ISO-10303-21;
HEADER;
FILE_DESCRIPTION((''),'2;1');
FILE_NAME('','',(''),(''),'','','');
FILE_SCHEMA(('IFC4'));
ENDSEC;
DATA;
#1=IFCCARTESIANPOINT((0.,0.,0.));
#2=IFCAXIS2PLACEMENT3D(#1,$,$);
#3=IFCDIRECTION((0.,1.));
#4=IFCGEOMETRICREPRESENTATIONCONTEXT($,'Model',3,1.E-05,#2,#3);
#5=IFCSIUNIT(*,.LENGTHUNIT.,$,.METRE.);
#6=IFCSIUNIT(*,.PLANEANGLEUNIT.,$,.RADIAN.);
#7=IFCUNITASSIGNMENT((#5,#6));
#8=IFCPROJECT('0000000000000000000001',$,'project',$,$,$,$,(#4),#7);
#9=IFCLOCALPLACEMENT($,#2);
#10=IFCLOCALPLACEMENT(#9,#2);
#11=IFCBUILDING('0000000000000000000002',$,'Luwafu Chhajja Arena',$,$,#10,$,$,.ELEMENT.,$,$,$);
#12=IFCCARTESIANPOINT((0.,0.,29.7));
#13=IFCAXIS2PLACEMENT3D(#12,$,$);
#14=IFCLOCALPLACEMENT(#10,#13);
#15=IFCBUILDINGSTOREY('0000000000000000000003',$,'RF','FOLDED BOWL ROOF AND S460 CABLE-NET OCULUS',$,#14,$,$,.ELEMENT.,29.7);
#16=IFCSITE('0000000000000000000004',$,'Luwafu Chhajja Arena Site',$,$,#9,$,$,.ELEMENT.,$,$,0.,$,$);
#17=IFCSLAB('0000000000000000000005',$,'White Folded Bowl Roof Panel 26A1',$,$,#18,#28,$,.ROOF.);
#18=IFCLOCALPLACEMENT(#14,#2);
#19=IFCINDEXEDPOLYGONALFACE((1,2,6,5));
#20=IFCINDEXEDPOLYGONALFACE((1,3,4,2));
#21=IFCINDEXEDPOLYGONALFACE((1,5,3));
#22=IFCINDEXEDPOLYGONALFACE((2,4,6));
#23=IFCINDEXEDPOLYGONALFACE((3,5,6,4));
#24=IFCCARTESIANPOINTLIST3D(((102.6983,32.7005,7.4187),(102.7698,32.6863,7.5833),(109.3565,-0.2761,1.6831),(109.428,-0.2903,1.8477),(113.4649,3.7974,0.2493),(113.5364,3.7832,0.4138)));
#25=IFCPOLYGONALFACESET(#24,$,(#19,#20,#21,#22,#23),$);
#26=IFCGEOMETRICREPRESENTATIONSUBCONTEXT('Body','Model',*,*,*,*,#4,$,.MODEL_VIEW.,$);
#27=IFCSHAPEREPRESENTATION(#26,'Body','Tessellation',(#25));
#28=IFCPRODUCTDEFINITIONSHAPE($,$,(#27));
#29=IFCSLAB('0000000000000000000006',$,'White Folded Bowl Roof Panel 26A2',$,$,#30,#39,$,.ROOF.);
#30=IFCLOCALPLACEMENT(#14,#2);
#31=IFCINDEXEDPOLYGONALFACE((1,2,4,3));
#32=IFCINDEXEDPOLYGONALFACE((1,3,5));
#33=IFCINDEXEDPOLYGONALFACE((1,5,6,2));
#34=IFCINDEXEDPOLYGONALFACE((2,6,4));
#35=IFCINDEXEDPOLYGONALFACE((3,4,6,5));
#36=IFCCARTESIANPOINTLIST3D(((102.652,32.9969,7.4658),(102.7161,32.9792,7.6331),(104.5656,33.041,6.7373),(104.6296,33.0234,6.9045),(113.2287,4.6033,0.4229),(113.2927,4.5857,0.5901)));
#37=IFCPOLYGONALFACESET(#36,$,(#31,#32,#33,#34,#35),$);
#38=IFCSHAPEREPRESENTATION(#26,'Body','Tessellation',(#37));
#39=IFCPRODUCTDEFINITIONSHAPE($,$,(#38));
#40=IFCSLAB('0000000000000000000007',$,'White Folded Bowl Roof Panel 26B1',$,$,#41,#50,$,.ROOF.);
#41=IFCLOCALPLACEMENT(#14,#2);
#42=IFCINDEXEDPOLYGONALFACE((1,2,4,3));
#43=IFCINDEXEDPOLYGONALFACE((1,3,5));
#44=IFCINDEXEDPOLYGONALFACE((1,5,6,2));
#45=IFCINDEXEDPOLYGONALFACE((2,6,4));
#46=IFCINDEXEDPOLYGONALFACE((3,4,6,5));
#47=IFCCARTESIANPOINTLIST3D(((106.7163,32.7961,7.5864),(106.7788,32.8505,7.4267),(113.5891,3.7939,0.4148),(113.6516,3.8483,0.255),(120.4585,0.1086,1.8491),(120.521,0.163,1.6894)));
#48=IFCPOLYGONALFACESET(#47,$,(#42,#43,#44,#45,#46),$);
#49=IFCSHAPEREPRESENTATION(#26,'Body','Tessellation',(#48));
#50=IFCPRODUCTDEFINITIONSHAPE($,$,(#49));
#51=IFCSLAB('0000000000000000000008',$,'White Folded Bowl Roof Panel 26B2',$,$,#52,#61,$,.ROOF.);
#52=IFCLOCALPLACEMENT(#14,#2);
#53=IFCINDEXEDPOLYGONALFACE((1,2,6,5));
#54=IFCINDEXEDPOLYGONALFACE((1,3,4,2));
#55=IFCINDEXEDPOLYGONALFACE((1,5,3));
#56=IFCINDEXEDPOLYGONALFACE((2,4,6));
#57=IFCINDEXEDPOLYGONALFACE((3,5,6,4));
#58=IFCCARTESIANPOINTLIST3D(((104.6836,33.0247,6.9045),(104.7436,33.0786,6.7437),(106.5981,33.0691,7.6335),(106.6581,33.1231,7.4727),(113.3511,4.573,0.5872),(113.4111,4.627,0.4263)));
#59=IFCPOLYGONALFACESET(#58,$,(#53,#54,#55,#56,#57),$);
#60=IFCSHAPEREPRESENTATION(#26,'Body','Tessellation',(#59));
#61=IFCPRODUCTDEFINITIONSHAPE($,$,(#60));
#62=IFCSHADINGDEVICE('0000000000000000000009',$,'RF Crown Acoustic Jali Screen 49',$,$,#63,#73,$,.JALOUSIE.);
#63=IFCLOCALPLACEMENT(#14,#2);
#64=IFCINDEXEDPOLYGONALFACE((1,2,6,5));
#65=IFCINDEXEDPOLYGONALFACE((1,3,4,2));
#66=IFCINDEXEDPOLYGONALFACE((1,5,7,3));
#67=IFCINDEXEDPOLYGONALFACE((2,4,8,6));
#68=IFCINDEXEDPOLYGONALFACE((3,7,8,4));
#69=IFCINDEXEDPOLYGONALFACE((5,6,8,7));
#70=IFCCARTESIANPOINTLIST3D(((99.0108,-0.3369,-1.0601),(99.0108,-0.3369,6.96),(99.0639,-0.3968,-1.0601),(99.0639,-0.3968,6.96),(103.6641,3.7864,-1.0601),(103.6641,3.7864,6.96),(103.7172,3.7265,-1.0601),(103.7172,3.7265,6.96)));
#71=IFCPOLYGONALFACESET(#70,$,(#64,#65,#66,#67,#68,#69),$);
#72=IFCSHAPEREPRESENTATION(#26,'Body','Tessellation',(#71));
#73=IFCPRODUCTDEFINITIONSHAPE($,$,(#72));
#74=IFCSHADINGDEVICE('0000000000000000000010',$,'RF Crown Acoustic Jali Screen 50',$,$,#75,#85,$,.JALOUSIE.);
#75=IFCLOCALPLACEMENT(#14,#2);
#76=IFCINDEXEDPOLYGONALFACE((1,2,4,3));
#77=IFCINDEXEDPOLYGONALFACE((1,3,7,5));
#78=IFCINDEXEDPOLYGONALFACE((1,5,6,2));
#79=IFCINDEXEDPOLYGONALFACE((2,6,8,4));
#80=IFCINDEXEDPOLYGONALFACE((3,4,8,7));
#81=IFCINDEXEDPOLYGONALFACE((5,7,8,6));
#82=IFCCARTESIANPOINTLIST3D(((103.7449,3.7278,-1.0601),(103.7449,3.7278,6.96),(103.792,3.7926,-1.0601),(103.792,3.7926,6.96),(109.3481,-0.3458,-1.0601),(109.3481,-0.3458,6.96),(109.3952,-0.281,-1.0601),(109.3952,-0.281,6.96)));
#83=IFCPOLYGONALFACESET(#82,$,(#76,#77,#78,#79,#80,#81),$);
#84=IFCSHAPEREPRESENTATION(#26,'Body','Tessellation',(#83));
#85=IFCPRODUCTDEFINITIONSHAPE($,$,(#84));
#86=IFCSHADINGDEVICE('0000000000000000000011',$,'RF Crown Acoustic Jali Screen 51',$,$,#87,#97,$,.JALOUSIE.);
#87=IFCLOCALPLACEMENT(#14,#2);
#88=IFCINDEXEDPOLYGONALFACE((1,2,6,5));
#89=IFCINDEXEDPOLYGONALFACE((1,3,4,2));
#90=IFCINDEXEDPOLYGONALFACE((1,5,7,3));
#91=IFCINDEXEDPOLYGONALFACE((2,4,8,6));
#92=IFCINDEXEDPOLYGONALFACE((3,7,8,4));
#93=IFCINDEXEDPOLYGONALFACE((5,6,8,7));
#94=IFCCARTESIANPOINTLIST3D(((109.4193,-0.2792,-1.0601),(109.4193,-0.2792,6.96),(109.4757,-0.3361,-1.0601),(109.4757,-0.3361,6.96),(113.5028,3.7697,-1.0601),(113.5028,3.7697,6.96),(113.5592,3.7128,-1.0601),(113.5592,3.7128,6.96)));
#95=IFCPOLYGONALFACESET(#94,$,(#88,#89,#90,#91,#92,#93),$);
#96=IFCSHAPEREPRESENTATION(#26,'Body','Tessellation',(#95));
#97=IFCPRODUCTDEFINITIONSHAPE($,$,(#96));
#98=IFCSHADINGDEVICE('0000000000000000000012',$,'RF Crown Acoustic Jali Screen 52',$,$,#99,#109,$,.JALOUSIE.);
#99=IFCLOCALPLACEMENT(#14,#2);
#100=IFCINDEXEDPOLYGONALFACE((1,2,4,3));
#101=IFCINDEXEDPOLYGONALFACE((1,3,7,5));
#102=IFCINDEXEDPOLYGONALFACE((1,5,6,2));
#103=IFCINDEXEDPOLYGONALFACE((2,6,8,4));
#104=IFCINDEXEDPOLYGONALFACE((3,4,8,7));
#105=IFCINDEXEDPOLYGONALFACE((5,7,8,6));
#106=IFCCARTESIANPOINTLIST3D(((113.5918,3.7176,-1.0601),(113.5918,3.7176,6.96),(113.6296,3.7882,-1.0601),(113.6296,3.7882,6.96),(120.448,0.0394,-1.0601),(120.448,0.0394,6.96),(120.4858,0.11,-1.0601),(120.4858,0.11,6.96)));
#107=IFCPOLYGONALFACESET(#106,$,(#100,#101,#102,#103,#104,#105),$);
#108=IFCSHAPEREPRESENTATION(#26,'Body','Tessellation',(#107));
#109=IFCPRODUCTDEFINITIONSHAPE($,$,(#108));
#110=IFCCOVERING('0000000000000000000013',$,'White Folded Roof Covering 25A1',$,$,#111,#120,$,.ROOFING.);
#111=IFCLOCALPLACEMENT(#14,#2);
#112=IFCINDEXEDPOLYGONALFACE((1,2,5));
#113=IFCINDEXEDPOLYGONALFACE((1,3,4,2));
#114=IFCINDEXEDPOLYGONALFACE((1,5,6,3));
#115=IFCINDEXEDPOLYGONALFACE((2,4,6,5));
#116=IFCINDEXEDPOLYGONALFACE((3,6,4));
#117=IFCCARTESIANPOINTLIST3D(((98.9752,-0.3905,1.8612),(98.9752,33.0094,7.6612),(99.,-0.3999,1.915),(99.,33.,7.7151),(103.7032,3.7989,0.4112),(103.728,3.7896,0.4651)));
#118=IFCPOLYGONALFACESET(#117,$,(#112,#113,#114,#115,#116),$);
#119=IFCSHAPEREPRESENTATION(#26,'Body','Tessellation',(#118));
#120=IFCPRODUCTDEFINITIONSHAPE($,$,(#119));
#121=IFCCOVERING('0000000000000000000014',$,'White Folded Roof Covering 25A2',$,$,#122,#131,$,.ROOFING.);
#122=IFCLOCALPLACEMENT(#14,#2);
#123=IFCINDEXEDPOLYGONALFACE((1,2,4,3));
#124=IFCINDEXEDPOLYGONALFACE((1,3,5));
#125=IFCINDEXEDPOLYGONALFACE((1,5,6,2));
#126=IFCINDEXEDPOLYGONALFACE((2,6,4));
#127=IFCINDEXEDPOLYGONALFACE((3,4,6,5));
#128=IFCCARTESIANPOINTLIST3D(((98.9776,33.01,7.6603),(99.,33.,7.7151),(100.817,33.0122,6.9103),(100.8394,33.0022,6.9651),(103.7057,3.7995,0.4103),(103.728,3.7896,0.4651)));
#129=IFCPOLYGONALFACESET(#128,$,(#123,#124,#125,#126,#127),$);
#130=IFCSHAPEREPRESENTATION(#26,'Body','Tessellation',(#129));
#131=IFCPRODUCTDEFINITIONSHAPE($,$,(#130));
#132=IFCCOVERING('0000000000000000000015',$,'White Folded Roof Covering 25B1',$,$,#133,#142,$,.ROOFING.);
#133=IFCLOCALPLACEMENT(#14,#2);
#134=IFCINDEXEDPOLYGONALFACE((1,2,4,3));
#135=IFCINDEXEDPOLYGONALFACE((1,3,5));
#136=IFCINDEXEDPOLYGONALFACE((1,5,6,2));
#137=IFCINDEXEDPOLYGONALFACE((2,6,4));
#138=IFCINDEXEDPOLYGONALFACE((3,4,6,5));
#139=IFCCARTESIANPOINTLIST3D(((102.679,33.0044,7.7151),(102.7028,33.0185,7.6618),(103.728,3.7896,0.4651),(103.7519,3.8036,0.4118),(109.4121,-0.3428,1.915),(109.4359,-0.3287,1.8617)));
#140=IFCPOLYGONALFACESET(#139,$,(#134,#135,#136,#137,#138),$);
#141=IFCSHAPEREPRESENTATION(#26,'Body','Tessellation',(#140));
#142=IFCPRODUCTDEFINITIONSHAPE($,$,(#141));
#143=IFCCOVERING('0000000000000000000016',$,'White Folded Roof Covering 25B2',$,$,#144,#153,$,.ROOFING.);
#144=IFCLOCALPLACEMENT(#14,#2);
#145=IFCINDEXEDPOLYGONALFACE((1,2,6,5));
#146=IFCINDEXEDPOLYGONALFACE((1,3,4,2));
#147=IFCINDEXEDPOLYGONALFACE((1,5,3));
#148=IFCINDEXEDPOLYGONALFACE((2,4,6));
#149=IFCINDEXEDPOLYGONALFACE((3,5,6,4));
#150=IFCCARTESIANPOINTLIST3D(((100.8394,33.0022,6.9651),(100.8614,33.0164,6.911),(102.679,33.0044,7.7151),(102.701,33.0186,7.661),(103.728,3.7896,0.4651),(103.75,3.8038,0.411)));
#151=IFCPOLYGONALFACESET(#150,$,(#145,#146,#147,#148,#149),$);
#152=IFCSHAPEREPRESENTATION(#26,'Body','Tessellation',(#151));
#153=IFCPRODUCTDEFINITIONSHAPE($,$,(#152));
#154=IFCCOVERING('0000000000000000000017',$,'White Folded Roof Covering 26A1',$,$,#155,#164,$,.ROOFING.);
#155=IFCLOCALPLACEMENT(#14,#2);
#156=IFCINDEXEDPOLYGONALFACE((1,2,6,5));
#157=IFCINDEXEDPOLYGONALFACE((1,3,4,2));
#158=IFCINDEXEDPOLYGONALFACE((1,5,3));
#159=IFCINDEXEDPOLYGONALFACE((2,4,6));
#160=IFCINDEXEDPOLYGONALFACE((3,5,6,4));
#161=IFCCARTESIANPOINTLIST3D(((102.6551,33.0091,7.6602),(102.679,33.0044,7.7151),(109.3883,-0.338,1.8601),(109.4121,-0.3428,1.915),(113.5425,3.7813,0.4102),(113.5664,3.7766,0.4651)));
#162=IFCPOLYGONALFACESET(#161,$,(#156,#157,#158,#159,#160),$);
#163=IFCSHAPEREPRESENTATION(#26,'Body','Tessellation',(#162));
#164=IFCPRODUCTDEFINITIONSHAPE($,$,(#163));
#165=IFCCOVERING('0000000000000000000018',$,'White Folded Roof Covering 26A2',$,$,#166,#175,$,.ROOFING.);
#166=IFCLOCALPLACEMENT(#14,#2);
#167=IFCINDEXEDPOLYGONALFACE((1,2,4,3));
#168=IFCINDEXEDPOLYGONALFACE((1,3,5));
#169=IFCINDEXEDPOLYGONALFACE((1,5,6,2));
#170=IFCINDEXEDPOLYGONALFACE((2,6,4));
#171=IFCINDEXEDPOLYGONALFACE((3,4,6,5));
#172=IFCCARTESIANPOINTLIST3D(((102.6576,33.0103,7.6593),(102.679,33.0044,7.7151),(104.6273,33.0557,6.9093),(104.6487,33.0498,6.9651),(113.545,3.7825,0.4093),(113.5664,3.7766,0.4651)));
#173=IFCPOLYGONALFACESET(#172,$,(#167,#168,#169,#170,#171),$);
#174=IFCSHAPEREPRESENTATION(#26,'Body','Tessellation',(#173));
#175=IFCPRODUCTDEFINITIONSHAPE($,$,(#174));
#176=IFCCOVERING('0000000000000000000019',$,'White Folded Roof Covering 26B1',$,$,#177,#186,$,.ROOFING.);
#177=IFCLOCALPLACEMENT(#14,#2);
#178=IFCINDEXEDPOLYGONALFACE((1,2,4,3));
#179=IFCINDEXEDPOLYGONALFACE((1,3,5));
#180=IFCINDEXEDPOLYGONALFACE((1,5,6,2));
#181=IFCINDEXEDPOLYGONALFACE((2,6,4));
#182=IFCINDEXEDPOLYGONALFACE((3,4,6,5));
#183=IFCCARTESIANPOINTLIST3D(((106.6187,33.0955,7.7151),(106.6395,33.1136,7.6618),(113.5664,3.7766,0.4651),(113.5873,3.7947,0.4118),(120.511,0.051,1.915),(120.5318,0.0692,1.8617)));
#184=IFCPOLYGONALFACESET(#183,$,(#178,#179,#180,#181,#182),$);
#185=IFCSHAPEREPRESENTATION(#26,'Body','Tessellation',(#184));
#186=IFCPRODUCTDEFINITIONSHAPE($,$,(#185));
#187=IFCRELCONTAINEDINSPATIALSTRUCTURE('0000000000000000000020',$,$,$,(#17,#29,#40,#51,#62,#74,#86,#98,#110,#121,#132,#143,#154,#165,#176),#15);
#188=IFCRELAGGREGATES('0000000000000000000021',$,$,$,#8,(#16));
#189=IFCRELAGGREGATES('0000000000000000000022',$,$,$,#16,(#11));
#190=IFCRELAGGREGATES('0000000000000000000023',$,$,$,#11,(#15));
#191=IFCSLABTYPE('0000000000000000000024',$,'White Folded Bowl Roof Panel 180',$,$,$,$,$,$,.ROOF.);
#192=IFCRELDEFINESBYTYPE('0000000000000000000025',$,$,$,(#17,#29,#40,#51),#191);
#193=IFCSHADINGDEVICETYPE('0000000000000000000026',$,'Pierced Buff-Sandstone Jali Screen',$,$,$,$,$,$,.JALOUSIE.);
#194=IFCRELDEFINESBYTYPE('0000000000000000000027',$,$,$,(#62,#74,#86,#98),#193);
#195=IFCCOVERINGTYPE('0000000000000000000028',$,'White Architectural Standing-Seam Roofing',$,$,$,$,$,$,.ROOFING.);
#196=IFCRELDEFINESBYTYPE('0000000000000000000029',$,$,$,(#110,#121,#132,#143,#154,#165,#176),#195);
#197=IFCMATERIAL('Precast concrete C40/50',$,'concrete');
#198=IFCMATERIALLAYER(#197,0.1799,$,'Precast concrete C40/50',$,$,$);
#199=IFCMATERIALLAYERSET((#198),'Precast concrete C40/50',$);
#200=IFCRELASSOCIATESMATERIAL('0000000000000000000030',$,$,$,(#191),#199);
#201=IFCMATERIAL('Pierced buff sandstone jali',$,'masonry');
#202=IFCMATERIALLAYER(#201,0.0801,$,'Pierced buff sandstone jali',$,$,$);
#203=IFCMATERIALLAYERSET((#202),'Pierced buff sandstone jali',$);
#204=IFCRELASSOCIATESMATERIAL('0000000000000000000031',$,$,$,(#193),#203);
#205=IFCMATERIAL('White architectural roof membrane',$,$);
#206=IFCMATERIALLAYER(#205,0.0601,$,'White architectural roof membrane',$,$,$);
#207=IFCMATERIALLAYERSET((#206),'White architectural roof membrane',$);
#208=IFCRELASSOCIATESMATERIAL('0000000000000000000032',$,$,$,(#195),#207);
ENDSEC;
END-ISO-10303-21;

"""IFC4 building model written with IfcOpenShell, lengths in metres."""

from ifc_helpers import new_model, si_unit, direction, frame, origin, origin_2d, place, context, subcontext, project, spatial, polyline, rectangle, outline, extrude, material, layer, layer_set, type_object, element, save


model = new_model("IFC4")

# Units and contexts
model_context = context("Model", 3, precision=1e-05, world=origin(), true_north=direction((0.0, 1.0)))
body_context = subcontext(model_context, "Body", "Model", "MODEL_VIEW")
ifc_project = project(units=[si_unit("LENGTHUNIT", "METRE"), si_unit("PLANEANGLEUNIT", "RADIAN")], contexts=[model_context])

# Site, building, storey
site_placement = place(None, origin())
site = spatial("IfcSite", under=ifc_project, at=site_placement, Name="Luwafu Chhajja Arena Site", CompositionType="ELEMENT", RefElevation=0.0)
building_placement = place(site_placement, origin())
building = spatial("IfcBuilding", under=site, at=building_placement, Name="Luwafu Chhajja Arena", CompositionType="ELEMENT")
storey_placement = place(building_placement, frame((0.0, 0.0, 29.7)))
storey = spatial("IfcBuildingStorey", under=building, at=storey_placement, Name="RF", Description="FOLDED BOWL ROOF AND S460 CABLE-NET OCULUS", CompositionType="ELEMENT", Elevation=29.7)

# Slabs
ifc_material_1 = material(Name="Precast concrete C40/50", Category="concrete")
ifc_layer_1 = layer(ifc_material_1, 0.1799, Name="Precast concrete C40/50")
ifc_layer_set_1 = layer_set([ifc_layer_1], Name="Precast concrete C40/50")
slab_type = type_object("IfcSlabType", Name="White Folded Bowl Roof Panel 180", PredefinedType="ROOF", material=ifc_layer_set_1)
slab_1_placement = place(storey_placement, frame((109.428, -0.2903, 1.8477), z_axis=(0.397249, -0.07882, 0.91432), x_axis=(-0.195098, 0.966277, 0.168064)))
element("IfcSlab", 1, at=slab_1_placement, inside=storey, type_object=slab_type, Name="White Folded Bowl Roof Panel 26A1", PredefinedType="ROOF", context=body_context, shape_type="SweptSolid", body=[
    extrude(outline(polyline([(0.0, 0.0), (34.1274, 0.0), (2.8936, -5.2111), (0.0, 0.0)])), origin(), (0.0, 0.0, -1.0), 0.1799),
])
slab_2_placement = place(storey_placement, frame((113.2927, 4.5857, 0.5901), z_axis=(0.356062, -0.097883, 0.929322), x_axis=(-0.340006, 0.912762, 0.226409)))
element("IfcSlab", 2, at=slab_2_placement, inside=storey, type_object=slab_type, Name="White Folded Bowl Roof Panel 26A2", PredefinedType="ROOF", context=body_context, shape_type="SweptSolid", body=[
    extrude(outline(polyline([(0.0, 0.0), (31.1073, 0.0), (30.332, -1.8956), (0.0, 0.0)])), origin(), (0.0, 0.0, -1.0), 0.1799),
])
slab_3_placement = place(storey_placement, frame((113.5891, 3.7939, 0.4148), z_axis=(-0.347317, -0.301849, 0.887839), x_axis=(-0.224191, 0.94605, 0.233938)))
element("IfcSlab", 3, at=slab_3_placement, inside=storey, type_object=slab_type, Name="White Folded Bowl Roof Panel 26B1", PredefinedType="ROOF", context=body_context, shape_type="SweptSolid", body=[
    extrude(outline(polyline([(0.0, 0.0), (30.6561, 0.0), (-4.691, -6.3892), (0.0, 0.0)])), origin(), (0.0, 0.0, -1.0), 0.1799),
])
slab_4_placement = place(storey_placement, frame((113.3511, 4.573, 0.5872), z_axis=(-0.333366, -0.300012, 0.89379), x_axis=(-0.285057, 0.935722, 0.207767)))
element("IfcSlab", 4, at=slab_4_placement, inside=storey, type_object=slab_type, Name="White Folded Bowl Roof Panel 26B2", PredefinedType="ROOF", context=body_context, shape_type="SweptSolid", body=[
    extrude(outline(polyline([(0.0, 0.0), (30.4061, 0.0), (30.0534, -2.0185), (0.0, 0.0)])), origin(), (0.0, 0.0, -1.0), 0.1799),
])

# Shading devices
ifc_material_2 = material(Name="Pierced buff sandstone jali", Category="masonry")
ifc_layer_2 = layer(ifc_material_2, 0.0801, Name="Pierced buff sandstone jali")
ifc_layer_set_2 = layer_set([ifc_layer_2], Name="Pierced buff sandstone jali")
shading_device_type = type_object("IfcShadingDeviceType", Name="Pierced Buff-Sandstone Jali Screen", PredefinedType="JALOUSIE", material=ifc_layer_set_2)
shading_device_1_placement = place(storey_placement, frame((101.364, 1.6948, -1.0601), z_axis=(0.0, 0.0, 1.0), x_axis=(0.748442, 0.6632, 0.0)))
element("IfcShadingDevice", 5, at=shading_device_1_placement, inside=storey, type_object=shading_device_type, Name="RF Crown Acoustic Jali Screen 49", PredefinedType="JALOUSIE", context=body_context, shape_type="SweptSolid", body=[
    extrude(rectangle(XDim=6.2173, YDim=0.0801, at=origin_2d()), origin(), (0.0, 0.0, 1.0), 8.02),
])
shading_device_2_placement = place(storey_placement, frame((106.5701, 1.7234, -1.0601), z_axis=(0.0, 0.0, 1.0), x_axis=(0.808839, -0.58803, 0.0)))
element("IfcShadingDevice", 6, at=shading_device_2_placement, inside=storey, type_object=shading_device_type, Name="RF Crown Acoustic Jali Screen 50", PredefinedType="JALOUSIE", context=body_context, shape_type="SweptSolid", body=[
    extrude(rectangle(XDim=6.9275, YDim=0.0801, at=origin_2d()), origin(), (0.0, 0.0, 1.0), 8.02),
])
shading_device_3_placement = place(storey_placement, frame((111.4893, 1.7168, -1.0601), z_axis=(0.0, 0.0, 1.0), x_axis=(0.710109, 0.704092, 0.0)))
element("IfcShadingDevice", 7, at=shading_device_3_placement, inside=storey, type_object=shading_device_type, Name="RF Crown Acoustic Jali Screen 51", PredefinedType="JALOUSIE", context=body_context, shape_type="SweptSolid", body=[
    extrude(rectangle(XDim=5.7505, YDim=0.0801, at=origin_2d()), origin(), (0.0, 0.0, 1.0), 8.02),
])
shading_device_4_placement = place(storey_placement, frame((117.0388, 1.9138, -1.0601), z_axis=(0.0, 0.0, 1.0), x_axis=(0.881201, -0.472742, 0.0)))
element("IfcShadingDevice", 8, at=shading_device_4_placement, inside=storey, type_object=shading_device_type, Name="RF Crown Acoustic Jali Screen 52", PredefinedType="JALOUSIE", context=body_context, shape_type="SweptSolid", body=[
    extrude(rectangle(XDim=7.7805, YDim=0.0801, at=origin_2d()), origin(), (0.0, 0.0, 1.0), 8.02),
])

# Coverings
ifc_material_3 = material(Name="White architectural roof membrane")
ifc_layer_3 = layer(ifc_material_3, 0.0601, Name="White architectural roof membrane")
ifc_layer_set_3 = layer_set([ifc_layer_3], Name="White architectural roof membrane")
covering_type = type_object("IfcCoveringType", Name="White Architectural Standing-Seam Roofing", PredefinedType="ROOFING", material=ifc_layer_set_3)
covering_1_placement = place(storey_placement, frame((99.0, -0.3999, 1.915), z_axis=(0.413206, -0.155805, 0.89721), x_axis=(0.72948, 0.646384, -0.223711)))
element("IfcCovering", 9, at=covering_1_placement, inside=storey, type_object=covering_type, Name="White Folded Roof Covering 25A1", PredefinedType="ROOFING", context=body_context, shape_type="SweptSolid", body=[
    extrude(outline(polyline([(0.0, 0.0), (6.4814, 0.0), (20.2916, 27.1559), (0.0, 0.0)])), origin(), (0.0, 0.0, -1.0), 0.0601),
])
covering_2_placement = place(storey_placement, frame((103.728, 3.7896, 0.4651), z_axis=(0.372482, -0.166319, 0.913014), x_axis=(-0.096077, 0.971613, 0.21619)))
element("IfcCovering", 10, at=covering_2_placement, inside=storey, type_object=covering_type, Name="White Folded Roof Covering 25A2", PredefinedType="ROOFING", context=body_context, shape_type="SweptSolid", body=[
    extrude(outline(polyline([(0.0, 0.0), (30.0661, 0.0), (30.4029, 1.9576), (0.0, 0.0)])), origin(), (0.0, 0.0, -1.0), 0.0601),
])
covering_3_placement = place(storey_placement, frame((103.728, 3.7896, 0.4651), z_axis=(-0.39684, -0.234477, 0.887434), x_axis=(0.792156, -0.575897, 0.202071)))
element("IfcCovering", 11, at=covering_3_placement, inside=storey, type_object=covering_type, Name="White Folded Roof Covering 25B1", PredefinedType="ROOFING", context=body_context, shape_type="SweptSolid", body=[
    extrude(outline(polyline([(0.0, 0.0), (7.1755, 0.0), (-16.1907, 25.3974), (0.0, 0.0)])), origin(), (0.0, 0.0, -1.0), 0.0601),
])
covering_4_placement = place(storey_placement, frame((103.728, 3.7896, 0.4651), z_axis=(-0.366578, -0.236468, 0.899835), x_axis=(-0.034831, 0.969972, 0.24071)))
element("IfcCovering", 12, at=covering_4_placement, inside=storey, type_object=covering_type, Name="White Folded Roof Covering 25B2", PredefinedType="ROOFING", context=body_context, shape_type="SweptSolid", body=[
    extrude(outline(polyline([(0.0, 0.0), (30.1193, 0.0), (30.0007, 1.9831), (0.0, 0.0)])), origin(), (0.0, 0.0, -1.0), 0.0601),
])
covering_5_placement = place(storey_placement, frame((109.4121, -0.3428, 1.915), z_axis=(0.397268, -0.078813, 0.914312), x_axis=(0.689232, 0.68344, -0.240559)))
element("IfcCovering", 13, at=covering_5_placement, inside=storey, type_object=covering_type, Name="White Folded Roof Covering 26A1", PredefinedType="ROOFING", context=body_context, shape_type="SweptSolid", body=[
    extrude(outline(polyline([(0.0, 0.0), (6.0274, 0.0), (16.7548, 30.1709), (0.0, 0.0)])), origin(), (0.0, 0.0, -1.0), 0.0601),
])
covering_6_placement = place(storey_placement, frame((113.5664, 3.7766, 0.4651), z_axis=(0.356103, -0.097867, 0.929308), x_axis=(-0.285056, 0.935721, 0.207773)))
element("IfcCovering", 14, at=covering_6_placement, inside=storey, type_object=covering_type, Name="White Folded Roof Covering 26A2", PredefinedType="ROOFING", context=body_context, shape_type="SweptSolid", body=[
    extrude(outline(polyline([(0.0, 0.0), (31.2841, 0.0), (31.9589, 1.9972), (0.0, 0.0)])), origin(), (0.0, 0.0, -1.0), 0.0601),
])
covering_7_placement = place(storey_placement, frame((113.5664, 3.7766, 0.4651), z_axis=(-0.347306, -0.301849, 0.887843), x_axis=(0.866655, -0.464938, 0.180948)))
element("IfcCovering", 15, at=covering_7_placement, inside=storey, type_object=covering_type, Name="White Folded Roof Covering 26B1", PredefinedType="ROOFING", context=body_context, shape_type="SweptSolid", body=[
    extrude(outline(polyline([(0.0, 0.0), (8.0131, 0.0), (-18.3409, 24.9808), (0.0, 0.0)])), origin(), (0.0, 0.0, -1.0), 0.0601),
])

save(model, "model.ifc")
